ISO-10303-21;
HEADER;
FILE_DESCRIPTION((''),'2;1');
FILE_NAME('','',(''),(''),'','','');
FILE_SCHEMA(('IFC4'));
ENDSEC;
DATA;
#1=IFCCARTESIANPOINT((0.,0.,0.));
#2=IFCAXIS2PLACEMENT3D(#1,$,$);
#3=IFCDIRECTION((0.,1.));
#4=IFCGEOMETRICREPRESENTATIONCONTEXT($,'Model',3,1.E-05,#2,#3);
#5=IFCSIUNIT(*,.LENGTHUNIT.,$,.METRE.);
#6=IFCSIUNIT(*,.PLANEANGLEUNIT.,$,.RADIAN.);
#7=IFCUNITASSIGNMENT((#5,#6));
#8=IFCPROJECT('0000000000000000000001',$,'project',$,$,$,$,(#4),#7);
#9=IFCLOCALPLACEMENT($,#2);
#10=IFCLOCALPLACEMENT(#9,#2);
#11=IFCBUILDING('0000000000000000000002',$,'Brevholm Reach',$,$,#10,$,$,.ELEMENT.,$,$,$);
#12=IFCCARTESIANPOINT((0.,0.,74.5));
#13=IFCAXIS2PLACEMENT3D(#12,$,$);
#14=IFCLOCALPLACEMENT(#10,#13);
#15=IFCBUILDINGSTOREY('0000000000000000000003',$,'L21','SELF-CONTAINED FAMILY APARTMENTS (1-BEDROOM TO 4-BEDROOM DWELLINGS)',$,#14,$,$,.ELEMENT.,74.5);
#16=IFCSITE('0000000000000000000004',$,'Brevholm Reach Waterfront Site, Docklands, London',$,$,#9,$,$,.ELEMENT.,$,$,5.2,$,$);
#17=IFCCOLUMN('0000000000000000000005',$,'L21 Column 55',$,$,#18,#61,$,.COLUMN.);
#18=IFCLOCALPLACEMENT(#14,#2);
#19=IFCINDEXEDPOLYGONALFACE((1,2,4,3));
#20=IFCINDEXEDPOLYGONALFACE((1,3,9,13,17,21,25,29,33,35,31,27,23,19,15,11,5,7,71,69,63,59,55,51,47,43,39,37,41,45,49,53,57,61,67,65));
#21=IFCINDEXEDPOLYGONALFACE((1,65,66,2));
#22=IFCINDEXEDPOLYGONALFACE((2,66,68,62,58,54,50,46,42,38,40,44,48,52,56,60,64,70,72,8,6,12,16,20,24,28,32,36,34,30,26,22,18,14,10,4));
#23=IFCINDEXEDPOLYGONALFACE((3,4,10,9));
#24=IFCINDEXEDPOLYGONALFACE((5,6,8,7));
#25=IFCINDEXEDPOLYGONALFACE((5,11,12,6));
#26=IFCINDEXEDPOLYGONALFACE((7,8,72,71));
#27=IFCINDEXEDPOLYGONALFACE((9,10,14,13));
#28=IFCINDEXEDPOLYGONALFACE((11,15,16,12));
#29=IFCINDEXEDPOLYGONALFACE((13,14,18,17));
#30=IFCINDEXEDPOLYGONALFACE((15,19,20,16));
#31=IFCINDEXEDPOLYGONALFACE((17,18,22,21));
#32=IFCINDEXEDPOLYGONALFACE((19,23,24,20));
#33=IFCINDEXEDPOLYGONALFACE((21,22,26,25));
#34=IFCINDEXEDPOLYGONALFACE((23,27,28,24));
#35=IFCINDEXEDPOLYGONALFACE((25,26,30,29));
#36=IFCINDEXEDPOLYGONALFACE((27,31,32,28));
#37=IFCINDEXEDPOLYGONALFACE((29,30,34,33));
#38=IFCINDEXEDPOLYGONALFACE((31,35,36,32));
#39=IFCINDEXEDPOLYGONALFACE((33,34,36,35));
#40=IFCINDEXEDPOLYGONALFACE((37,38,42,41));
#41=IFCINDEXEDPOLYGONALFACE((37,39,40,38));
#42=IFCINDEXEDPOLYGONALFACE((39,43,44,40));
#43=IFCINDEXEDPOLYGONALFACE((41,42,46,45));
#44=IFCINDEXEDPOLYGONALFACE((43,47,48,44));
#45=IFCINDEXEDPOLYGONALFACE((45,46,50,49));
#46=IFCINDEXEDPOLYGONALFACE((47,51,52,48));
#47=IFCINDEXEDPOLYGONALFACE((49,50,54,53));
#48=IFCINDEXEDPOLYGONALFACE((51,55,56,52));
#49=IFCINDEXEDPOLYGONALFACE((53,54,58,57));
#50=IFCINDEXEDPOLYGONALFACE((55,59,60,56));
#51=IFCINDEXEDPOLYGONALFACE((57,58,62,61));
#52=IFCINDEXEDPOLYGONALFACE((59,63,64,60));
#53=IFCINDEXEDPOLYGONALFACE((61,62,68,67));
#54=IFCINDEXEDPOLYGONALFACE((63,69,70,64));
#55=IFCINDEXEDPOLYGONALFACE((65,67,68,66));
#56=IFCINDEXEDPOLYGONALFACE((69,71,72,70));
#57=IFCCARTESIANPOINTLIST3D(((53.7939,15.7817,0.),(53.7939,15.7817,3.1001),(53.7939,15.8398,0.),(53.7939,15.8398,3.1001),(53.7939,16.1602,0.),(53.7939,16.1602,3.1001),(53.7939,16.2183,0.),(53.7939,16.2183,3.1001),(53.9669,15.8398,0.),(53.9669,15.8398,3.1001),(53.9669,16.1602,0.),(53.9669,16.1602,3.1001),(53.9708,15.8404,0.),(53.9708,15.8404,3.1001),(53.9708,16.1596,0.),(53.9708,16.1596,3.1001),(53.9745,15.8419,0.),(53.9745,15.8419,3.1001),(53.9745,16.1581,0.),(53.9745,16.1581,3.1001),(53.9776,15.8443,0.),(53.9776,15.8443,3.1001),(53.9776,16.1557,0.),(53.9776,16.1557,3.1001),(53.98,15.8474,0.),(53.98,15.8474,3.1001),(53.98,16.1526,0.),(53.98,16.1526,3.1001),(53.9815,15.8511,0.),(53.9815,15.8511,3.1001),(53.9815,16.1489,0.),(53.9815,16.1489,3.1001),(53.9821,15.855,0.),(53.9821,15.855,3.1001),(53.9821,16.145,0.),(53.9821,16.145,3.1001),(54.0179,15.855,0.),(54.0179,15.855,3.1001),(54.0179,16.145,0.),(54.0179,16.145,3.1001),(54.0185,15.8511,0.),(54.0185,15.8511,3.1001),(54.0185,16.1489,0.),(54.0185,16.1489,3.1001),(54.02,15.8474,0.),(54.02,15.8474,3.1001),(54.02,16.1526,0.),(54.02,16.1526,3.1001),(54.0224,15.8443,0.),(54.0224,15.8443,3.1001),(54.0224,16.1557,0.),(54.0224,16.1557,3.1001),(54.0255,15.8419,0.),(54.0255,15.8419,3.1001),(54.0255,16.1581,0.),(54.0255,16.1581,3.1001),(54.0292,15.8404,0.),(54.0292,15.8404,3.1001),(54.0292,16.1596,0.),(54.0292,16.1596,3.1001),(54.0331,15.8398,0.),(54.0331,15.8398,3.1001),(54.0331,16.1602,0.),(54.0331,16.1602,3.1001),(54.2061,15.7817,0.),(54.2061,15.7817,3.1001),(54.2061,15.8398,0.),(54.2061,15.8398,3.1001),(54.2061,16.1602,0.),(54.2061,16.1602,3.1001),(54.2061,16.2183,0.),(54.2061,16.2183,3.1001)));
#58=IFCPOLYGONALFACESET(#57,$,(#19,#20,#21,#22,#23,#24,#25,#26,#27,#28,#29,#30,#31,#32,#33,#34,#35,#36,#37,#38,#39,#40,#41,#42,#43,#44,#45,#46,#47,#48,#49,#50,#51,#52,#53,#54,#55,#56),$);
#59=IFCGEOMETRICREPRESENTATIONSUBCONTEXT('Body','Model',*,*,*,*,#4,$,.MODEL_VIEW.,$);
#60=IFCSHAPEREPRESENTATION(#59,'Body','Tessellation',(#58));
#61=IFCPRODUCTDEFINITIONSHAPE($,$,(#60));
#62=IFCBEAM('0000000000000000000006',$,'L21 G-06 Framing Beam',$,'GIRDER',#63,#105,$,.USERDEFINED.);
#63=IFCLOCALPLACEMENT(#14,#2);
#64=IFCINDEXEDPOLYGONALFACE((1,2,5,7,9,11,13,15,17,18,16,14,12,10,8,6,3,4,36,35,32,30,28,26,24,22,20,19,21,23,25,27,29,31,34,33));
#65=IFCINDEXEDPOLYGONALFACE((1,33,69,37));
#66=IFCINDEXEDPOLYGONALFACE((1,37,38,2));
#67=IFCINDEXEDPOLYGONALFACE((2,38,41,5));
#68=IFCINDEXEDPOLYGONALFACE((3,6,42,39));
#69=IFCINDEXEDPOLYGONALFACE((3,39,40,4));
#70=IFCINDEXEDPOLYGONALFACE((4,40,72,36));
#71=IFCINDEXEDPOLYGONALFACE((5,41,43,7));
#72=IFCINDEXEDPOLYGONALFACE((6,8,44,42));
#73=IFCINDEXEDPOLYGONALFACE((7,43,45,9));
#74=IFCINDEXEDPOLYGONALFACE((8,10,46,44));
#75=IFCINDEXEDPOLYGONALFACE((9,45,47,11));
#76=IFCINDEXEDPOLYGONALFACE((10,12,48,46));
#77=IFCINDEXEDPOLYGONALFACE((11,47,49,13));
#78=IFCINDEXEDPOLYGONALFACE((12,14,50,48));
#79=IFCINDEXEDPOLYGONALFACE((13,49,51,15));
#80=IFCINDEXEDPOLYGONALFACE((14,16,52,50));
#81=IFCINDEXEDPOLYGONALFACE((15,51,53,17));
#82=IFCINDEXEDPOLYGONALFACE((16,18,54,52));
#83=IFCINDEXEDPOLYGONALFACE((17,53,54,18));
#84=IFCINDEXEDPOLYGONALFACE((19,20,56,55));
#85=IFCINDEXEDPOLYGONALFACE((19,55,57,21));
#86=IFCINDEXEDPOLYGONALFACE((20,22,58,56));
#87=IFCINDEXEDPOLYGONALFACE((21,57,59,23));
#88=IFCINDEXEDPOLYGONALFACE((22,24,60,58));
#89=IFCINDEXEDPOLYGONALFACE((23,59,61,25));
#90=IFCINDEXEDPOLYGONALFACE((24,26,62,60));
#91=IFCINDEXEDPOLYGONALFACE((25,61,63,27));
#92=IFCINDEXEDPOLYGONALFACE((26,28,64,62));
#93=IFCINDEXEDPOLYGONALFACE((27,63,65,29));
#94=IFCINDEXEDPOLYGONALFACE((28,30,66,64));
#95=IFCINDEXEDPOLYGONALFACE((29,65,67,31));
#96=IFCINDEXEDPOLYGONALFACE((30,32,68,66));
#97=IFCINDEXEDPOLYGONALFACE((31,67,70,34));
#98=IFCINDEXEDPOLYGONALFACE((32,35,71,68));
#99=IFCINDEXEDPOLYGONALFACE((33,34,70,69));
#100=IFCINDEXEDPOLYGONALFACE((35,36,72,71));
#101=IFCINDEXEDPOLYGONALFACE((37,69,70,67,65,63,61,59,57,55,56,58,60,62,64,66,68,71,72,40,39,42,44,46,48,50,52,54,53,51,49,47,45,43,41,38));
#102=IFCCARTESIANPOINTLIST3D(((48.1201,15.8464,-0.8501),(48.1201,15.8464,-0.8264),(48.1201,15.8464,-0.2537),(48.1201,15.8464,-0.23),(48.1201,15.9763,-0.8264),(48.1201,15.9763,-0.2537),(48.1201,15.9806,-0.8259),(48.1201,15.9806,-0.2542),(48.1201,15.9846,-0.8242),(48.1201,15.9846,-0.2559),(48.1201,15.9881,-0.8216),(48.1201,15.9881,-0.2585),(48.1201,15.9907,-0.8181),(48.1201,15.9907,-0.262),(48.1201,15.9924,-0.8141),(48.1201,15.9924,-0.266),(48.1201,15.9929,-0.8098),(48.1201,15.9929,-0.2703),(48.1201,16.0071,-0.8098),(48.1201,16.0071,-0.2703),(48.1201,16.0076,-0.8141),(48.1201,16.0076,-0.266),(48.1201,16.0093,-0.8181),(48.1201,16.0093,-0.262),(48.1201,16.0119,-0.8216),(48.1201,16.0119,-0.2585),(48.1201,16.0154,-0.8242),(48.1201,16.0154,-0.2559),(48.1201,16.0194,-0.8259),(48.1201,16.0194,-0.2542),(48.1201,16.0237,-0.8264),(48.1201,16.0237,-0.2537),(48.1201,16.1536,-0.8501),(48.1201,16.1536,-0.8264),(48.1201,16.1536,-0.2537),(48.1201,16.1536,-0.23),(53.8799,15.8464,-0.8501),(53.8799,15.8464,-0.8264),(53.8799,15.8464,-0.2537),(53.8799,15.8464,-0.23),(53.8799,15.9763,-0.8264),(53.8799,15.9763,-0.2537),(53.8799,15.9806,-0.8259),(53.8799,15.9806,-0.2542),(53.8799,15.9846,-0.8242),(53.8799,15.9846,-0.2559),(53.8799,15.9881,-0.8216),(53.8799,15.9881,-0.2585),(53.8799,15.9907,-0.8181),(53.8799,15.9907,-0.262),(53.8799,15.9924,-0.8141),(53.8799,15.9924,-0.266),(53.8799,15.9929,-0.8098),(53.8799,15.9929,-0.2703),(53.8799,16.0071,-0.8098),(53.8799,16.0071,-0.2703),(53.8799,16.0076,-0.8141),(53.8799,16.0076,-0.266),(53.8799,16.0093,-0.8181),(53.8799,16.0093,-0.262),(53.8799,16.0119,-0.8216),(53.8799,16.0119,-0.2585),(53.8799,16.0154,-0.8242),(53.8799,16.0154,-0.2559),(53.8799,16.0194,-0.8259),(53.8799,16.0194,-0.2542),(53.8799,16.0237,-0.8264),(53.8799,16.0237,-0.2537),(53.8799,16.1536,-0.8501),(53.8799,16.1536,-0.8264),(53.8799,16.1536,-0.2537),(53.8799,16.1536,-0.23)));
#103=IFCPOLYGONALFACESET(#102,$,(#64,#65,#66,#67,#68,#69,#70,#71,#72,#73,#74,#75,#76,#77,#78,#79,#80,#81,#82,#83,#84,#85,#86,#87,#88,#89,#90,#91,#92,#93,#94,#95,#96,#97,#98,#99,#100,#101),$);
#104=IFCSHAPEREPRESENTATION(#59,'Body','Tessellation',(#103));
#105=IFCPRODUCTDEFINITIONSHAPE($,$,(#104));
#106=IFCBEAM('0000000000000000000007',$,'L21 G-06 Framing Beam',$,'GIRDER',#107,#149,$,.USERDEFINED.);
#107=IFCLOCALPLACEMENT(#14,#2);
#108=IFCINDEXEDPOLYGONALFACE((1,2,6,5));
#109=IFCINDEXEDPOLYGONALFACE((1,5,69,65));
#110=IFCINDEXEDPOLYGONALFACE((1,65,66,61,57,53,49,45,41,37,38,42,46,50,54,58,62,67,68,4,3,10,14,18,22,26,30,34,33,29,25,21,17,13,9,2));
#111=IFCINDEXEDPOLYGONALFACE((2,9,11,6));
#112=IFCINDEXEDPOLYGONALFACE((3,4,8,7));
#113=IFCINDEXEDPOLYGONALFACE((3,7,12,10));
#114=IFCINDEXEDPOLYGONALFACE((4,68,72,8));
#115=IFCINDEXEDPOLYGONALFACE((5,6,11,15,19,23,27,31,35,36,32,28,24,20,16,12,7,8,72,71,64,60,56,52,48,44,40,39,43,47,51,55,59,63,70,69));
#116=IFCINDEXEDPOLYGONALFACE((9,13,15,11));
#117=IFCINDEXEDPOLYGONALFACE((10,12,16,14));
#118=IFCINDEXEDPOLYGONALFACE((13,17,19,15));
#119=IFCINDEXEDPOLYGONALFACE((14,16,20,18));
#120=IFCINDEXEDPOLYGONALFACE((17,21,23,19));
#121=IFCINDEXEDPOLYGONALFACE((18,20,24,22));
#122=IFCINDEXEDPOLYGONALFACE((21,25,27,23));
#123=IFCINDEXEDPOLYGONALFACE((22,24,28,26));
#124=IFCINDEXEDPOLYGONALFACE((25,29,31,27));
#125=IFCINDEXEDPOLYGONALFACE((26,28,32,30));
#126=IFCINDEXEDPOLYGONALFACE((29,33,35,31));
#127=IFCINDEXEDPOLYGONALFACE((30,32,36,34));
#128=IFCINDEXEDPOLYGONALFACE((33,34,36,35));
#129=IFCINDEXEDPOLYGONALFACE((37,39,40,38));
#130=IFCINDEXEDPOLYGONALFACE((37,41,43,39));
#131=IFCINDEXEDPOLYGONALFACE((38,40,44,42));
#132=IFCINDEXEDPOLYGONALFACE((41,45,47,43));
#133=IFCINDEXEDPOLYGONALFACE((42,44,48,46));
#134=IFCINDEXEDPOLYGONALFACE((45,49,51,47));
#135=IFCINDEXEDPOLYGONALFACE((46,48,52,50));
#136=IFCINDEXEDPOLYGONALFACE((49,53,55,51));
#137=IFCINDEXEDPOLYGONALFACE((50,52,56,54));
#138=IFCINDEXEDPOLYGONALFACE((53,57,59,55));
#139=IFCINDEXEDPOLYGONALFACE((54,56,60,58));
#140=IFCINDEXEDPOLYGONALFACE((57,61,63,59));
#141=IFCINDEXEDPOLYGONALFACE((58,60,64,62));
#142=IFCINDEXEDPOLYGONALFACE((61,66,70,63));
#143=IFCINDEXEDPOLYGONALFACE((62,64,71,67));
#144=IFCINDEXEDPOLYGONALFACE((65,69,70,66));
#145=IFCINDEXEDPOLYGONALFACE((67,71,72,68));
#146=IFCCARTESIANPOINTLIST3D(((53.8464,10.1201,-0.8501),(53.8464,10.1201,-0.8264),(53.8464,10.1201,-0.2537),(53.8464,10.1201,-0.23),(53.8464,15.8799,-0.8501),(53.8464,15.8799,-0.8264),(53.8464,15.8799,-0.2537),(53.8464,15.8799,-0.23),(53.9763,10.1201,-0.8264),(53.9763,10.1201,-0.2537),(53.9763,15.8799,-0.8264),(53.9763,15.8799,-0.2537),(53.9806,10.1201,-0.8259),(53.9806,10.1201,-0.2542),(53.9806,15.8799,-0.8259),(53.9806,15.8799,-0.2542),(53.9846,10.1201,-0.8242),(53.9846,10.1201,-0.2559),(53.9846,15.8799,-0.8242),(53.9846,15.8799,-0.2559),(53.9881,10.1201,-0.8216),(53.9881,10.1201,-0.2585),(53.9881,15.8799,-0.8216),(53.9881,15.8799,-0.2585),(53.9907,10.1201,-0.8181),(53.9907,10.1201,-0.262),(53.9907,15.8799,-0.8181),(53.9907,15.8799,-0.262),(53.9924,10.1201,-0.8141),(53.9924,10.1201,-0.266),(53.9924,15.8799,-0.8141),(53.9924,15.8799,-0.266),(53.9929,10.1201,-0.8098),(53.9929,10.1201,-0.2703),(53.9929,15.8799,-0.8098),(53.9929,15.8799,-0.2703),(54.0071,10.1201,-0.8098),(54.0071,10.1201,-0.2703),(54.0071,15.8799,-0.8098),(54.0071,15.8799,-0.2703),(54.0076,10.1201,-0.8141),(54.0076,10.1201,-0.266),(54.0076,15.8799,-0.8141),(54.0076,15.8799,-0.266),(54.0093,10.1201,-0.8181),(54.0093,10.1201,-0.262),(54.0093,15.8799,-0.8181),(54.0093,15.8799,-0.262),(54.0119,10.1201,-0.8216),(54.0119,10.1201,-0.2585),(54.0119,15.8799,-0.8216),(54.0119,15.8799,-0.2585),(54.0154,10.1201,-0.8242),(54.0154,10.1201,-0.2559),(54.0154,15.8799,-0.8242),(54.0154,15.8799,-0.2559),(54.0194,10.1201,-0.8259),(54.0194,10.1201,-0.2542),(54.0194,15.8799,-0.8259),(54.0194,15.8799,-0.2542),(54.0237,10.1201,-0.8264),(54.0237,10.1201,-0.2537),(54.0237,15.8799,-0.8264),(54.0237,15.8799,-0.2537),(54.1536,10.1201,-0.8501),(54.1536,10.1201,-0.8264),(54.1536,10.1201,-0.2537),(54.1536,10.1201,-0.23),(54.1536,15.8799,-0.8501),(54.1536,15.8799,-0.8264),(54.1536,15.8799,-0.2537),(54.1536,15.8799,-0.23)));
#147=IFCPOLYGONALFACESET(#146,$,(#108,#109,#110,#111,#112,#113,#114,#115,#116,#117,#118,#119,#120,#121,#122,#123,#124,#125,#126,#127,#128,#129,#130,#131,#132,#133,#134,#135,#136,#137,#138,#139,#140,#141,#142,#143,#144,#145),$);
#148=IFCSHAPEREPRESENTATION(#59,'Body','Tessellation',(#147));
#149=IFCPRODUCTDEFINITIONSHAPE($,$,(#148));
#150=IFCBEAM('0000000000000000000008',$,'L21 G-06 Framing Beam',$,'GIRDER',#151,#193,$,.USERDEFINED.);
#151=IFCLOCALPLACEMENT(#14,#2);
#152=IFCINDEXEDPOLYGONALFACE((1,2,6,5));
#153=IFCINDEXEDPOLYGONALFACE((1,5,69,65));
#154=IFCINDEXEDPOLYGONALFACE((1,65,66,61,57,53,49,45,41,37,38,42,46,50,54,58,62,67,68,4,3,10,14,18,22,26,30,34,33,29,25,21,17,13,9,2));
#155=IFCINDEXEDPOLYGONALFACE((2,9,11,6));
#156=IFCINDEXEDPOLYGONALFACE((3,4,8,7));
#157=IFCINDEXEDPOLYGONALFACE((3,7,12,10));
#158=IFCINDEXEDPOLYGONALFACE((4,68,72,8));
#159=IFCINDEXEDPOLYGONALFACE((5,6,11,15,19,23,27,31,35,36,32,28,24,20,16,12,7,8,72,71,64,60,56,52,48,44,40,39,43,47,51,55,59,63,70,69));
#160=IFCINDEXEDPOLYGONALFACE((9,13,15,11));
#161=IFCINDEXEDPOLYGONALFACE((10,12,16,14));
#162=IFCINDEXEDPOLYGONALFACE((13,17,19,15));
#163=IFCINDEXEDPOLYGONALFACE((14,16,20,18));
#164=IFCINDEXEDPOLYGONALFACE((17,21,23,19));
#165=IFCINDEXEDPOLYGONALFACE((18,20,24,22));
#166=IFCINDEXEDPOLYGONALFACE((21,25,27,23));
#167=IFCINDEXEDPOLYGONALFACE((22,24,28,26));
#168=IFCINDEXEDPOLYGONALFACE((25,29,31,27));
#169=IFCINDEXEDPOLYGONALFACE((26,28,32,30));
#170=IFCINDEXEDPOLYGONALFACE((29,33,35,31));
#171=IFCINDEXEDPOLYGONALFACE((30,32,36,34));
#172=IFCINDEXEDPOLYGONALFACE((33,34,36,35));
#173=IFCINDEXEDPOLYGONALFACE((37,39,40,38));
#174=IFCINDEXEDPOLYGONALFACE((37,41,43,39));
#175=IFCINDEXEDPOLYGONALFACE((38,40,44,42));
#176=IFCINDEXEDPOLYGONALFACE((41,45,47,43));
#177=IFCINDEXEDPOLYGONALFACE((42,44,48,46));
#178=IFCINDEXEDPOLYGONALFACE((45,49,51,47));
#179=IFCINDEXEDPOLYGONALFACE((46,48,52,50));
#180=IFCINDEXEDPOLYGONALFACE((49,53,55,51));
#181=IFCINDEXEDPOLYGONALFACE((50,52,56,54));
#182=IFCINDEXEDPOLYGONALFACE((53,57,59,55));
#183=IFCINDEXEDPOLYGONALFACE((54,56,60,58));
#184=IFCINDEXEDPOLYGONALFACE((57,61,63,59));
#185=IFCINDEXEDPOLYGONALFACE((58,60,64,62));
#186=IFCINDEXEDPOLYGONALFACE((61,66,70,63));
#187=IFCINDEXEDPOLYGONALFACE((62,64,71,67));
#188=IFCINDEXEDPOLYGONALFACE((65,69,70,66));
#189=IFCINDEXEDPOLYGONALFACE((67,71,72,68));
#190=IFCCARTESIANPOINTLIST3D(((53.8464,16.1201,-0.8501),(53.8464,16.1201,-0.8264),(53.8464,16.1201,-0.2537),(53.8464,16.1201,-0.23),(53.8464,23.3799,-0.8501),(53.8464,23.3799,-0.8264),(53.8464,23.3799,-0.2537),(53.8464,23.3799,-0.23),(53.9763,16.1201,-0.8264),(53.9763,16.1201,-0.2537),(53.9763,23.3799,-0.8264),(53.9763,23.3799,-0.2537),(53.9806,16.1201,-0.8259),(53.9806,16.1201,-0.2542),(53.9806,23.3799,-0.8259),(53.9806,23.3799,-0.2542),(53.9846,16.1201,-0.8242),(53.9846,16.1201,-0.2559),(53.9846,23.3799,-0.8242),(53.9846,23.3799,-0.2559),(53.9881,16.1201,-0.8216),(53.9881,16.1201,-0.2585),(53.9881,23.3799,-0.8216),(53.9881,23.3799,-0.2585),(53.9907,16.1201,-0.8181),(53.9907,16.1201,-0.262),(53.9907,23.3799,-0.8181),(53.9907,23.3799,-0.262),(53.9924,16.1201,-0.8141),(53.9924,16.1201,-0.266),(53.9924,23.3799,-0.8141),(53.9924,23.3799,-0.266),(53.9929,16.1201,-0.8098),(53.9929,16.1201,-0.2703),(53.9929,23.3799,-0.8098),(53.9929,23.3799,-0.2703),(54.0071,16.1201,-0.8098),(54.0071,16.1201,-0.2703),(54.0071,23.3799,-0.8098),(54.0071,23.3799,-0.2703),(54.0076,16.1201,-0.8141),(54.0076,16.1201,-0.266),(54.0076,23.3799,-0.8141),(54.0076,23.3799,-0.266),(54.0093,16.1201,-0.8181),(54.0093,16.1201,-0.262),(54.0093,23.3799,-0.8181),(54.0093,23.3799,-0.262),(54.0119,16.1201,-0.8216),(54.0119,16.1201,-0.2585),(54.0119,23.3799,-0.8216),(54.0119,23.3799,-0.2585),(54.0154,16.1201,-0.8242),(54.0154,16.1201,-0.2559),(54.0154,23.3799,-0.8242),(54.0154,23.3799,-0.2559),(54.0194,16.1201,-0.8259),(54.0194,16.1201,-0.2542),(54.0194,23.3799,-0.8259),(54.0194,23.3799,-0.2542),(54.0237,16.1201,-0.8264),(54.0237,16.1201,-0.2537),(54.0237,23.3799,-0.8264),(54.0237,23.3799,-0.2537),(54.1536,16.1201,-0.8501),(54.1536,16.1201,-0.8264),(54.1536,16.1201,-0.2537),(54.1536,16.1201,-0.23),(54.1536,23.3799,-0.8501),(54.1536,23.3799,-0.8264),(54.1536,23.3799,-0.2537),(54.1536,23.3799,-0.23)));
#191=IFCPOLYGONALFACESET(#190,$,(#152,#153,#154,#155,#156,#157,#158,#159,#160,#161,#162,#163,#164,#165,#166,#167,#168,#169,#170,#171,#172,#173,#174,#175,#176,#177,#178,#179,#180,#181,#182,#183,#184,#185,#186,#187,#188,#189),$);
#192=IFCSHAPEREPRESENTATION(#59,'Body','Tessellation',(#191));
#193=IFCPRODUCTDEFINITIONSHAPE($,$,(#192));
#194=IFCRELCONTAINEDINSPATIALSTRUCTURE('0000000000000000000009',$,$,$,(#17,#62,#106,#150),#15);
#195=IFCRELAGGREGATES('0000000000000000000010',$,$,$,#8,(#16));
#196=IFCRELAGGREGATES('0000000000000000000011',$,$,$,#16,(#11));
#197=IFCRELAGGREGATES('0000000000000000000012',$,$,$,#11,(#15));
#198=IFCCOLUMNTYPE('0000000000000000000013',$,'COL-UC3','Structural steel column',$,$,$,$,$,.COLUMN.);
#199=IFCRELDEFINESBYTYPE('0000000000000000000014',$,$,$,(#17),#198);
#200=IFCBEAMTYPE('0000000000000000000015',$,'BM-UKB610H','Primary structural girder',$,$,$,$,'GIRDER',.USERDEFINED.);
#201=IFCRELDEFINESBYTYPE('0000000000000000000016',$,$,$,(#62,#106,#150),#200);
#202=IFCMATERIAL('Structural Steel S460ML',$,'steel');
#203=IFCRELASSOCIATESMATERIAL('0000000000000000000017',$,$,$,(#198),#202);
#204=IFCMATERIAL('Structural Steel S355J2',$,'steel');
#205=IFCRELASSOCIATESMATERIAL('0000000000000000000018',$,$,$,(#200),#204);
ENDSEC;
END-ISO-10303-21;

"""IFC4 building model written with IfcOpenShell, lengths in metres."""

from ifc_helpers import new_model, si_unit, direction, frame, origin, origin_2d, place, context, subcontext, project, spatial, i_section, extrude, material, material_profile, profile_set, type_object, element, save


model = new_model("IFC4")

# Units and contexts
model_context = context("Model", 3, precision=1e-05, world=origin(), true_north=direction((0.0, 1.0)))
body_context = subcontext(model_context, "Body", "Model", "MODEL_VIEW")
ifc_project = project(units=[si_unit("LENGTHUNIT", "METRE"), si_unit("PLANEANGLEUNIT", "RADIAN")], contexts=[model_context])

# Site, building, storey
site_placement = place(None, origin())
site = spatial("IfcSite", under=ifc_project, at=site_placement, Name="Brevholm Reach Waterfront Site, Docklands, London", CompositionType="ELEMENT", RefElevation=5.2)
building_placement = place(site_placement, origin())
building = spatial("IfcBuilding", under=site, at=building_placement, Name="Brevholm Reach", CompositionType="ELEMENT")
storey_placement = place(building_placement, frame((0.0, 0.0, 74.5)))
storey = spatial("IfcBuildingStorey", under=building, at=storey_placement, Name="L21", Description="SELF-CONTAINED FAMILY APARTMENTS (1-BEDROOM TO 4-BEDROOM DWELLINGS)", CompositionType="ELEMENT", Elevation=74.5)

# Column
ifc_material_1 = material(Name="Structural Steel S460ML", Category="steel")
ifc_material_profile_1 = material_profile(ifc_material_1, i_section(OverallWidth=0.4121, OverallDepth=0.4365, WebThickness=0.0359, FlangeThickness=0.0581, FilletRadius=0.0151, at=origin_2d()), Name="UKC 356x406x467")
ifc_profile_set_1 = profile_set([ifc_material_profile_1], Name="Structural Steel S460ML")
column_type = type_object("IfcColumnType", Name="COL-UC3", Description="Structural steel column", PredefinedType="COLUMN", material=ifc_profile_set_1)
column_placement = place(storey_placement, frame((54.0, 16.0, 0.0), z_axis=(0.0, 0.0, 1.0), x_axis=(1.0, 0.0, 0.0)))
element("IfcColumn", 1, at=column_placement, inside=storey, type_object=column_type, Name="L21 Column 55", PredefinedType="COLUMN", context=body_context, shape_type="SweptSolid", body=[
    extrude(i_section(OverallWidth=0.4121, OverallDepth=0.4365, WebThickness=0.0359, FlangeThickness=0.0581, FilletRadius=0.0151, at=origin_2d()), origin(), (0.0, 0.0, 1.0), 3.1001),
])

# Beams
ifc_material_2 = material(Name="Structural Steel S355J2", Category="steel")
ifc_material_profile_2 = material_profile(ifc_material_2, i_section(OverallWidth=0.3071, OverallDepth=0.6201, WebThickness=0.0142, FlangeThickness=0.0237, FilletRadius=0.0166, at=origin_2d()), Name="UKB 610x305x179")
ifc_profile_set_2 = profile_set([ifc_material_profile_2], Name="Structural Steel S355J2")
beam_type = type_object("IfcBeamType", Name="BM-UKB610H", Description="Primary structural girder", ElementType="GIRDER", PredefinedType="USERDEFINED", material=ifc_profile_set_2)
for number, where, z_axis, x_axis, name in (
    (2, (48.1201, 16.0, -0.54), (1.0, 0.0, 0.0), (0.0, 1.0, 0.0), "L21 G-06 Framing Beam"),
    (3, (54.0, 10.1201, -0.54), (0.0, 1.0, 0.0), (-1.0, 0.0, 0.0), "L21 G-06 Framing Beam"),
):
    element("IfcBeam", number, at=place(storey_placement, frame(where, z_axis=z_axis, x_axis=x_axis)), inside=storey, type_object=beam_type, Name=name, ObjectType="GIRDER", PredefinedType="USERDEFINED", context=body_context, shape_type="SweptSolid", body=[
        extrude(i_section(OverallWidth=0.3071, OverallDepth=0.6201, WebThickness=0.0142, FlangeThickness=0.0237, FilletRadius=0.0166, at=origin_2d()), origin(), (0.0, 0.0, 1.0), 5.7598),
    ])
beam_placement = place(storey_placement, frame((54.0, 16.1201, -0.54), z_axis=(0.0, 1.0, 0.0), x_axis=(-1.0, 0.0, 0.0)))
element("IfcBeam", 4, at=beam_placement, inside=storey, type_object=beam_type, Name="L21 G-06 Framing Beam", ObjectType="GIRDER", PredefinedType="USERDEFINED", context=body_context, shape_type="SweptSolid", body=[
    extrude(i_section(OverallWidth=0.3071, OverallDepth=0.6201, WebThickness=0.0142, FlangeThickness=0.0237, FilletRadius=0.0166, at=origin_2d()), origin(), (0.0, 0.0, 1.0), 7.2598),
])

save(model, "model.ifc")
